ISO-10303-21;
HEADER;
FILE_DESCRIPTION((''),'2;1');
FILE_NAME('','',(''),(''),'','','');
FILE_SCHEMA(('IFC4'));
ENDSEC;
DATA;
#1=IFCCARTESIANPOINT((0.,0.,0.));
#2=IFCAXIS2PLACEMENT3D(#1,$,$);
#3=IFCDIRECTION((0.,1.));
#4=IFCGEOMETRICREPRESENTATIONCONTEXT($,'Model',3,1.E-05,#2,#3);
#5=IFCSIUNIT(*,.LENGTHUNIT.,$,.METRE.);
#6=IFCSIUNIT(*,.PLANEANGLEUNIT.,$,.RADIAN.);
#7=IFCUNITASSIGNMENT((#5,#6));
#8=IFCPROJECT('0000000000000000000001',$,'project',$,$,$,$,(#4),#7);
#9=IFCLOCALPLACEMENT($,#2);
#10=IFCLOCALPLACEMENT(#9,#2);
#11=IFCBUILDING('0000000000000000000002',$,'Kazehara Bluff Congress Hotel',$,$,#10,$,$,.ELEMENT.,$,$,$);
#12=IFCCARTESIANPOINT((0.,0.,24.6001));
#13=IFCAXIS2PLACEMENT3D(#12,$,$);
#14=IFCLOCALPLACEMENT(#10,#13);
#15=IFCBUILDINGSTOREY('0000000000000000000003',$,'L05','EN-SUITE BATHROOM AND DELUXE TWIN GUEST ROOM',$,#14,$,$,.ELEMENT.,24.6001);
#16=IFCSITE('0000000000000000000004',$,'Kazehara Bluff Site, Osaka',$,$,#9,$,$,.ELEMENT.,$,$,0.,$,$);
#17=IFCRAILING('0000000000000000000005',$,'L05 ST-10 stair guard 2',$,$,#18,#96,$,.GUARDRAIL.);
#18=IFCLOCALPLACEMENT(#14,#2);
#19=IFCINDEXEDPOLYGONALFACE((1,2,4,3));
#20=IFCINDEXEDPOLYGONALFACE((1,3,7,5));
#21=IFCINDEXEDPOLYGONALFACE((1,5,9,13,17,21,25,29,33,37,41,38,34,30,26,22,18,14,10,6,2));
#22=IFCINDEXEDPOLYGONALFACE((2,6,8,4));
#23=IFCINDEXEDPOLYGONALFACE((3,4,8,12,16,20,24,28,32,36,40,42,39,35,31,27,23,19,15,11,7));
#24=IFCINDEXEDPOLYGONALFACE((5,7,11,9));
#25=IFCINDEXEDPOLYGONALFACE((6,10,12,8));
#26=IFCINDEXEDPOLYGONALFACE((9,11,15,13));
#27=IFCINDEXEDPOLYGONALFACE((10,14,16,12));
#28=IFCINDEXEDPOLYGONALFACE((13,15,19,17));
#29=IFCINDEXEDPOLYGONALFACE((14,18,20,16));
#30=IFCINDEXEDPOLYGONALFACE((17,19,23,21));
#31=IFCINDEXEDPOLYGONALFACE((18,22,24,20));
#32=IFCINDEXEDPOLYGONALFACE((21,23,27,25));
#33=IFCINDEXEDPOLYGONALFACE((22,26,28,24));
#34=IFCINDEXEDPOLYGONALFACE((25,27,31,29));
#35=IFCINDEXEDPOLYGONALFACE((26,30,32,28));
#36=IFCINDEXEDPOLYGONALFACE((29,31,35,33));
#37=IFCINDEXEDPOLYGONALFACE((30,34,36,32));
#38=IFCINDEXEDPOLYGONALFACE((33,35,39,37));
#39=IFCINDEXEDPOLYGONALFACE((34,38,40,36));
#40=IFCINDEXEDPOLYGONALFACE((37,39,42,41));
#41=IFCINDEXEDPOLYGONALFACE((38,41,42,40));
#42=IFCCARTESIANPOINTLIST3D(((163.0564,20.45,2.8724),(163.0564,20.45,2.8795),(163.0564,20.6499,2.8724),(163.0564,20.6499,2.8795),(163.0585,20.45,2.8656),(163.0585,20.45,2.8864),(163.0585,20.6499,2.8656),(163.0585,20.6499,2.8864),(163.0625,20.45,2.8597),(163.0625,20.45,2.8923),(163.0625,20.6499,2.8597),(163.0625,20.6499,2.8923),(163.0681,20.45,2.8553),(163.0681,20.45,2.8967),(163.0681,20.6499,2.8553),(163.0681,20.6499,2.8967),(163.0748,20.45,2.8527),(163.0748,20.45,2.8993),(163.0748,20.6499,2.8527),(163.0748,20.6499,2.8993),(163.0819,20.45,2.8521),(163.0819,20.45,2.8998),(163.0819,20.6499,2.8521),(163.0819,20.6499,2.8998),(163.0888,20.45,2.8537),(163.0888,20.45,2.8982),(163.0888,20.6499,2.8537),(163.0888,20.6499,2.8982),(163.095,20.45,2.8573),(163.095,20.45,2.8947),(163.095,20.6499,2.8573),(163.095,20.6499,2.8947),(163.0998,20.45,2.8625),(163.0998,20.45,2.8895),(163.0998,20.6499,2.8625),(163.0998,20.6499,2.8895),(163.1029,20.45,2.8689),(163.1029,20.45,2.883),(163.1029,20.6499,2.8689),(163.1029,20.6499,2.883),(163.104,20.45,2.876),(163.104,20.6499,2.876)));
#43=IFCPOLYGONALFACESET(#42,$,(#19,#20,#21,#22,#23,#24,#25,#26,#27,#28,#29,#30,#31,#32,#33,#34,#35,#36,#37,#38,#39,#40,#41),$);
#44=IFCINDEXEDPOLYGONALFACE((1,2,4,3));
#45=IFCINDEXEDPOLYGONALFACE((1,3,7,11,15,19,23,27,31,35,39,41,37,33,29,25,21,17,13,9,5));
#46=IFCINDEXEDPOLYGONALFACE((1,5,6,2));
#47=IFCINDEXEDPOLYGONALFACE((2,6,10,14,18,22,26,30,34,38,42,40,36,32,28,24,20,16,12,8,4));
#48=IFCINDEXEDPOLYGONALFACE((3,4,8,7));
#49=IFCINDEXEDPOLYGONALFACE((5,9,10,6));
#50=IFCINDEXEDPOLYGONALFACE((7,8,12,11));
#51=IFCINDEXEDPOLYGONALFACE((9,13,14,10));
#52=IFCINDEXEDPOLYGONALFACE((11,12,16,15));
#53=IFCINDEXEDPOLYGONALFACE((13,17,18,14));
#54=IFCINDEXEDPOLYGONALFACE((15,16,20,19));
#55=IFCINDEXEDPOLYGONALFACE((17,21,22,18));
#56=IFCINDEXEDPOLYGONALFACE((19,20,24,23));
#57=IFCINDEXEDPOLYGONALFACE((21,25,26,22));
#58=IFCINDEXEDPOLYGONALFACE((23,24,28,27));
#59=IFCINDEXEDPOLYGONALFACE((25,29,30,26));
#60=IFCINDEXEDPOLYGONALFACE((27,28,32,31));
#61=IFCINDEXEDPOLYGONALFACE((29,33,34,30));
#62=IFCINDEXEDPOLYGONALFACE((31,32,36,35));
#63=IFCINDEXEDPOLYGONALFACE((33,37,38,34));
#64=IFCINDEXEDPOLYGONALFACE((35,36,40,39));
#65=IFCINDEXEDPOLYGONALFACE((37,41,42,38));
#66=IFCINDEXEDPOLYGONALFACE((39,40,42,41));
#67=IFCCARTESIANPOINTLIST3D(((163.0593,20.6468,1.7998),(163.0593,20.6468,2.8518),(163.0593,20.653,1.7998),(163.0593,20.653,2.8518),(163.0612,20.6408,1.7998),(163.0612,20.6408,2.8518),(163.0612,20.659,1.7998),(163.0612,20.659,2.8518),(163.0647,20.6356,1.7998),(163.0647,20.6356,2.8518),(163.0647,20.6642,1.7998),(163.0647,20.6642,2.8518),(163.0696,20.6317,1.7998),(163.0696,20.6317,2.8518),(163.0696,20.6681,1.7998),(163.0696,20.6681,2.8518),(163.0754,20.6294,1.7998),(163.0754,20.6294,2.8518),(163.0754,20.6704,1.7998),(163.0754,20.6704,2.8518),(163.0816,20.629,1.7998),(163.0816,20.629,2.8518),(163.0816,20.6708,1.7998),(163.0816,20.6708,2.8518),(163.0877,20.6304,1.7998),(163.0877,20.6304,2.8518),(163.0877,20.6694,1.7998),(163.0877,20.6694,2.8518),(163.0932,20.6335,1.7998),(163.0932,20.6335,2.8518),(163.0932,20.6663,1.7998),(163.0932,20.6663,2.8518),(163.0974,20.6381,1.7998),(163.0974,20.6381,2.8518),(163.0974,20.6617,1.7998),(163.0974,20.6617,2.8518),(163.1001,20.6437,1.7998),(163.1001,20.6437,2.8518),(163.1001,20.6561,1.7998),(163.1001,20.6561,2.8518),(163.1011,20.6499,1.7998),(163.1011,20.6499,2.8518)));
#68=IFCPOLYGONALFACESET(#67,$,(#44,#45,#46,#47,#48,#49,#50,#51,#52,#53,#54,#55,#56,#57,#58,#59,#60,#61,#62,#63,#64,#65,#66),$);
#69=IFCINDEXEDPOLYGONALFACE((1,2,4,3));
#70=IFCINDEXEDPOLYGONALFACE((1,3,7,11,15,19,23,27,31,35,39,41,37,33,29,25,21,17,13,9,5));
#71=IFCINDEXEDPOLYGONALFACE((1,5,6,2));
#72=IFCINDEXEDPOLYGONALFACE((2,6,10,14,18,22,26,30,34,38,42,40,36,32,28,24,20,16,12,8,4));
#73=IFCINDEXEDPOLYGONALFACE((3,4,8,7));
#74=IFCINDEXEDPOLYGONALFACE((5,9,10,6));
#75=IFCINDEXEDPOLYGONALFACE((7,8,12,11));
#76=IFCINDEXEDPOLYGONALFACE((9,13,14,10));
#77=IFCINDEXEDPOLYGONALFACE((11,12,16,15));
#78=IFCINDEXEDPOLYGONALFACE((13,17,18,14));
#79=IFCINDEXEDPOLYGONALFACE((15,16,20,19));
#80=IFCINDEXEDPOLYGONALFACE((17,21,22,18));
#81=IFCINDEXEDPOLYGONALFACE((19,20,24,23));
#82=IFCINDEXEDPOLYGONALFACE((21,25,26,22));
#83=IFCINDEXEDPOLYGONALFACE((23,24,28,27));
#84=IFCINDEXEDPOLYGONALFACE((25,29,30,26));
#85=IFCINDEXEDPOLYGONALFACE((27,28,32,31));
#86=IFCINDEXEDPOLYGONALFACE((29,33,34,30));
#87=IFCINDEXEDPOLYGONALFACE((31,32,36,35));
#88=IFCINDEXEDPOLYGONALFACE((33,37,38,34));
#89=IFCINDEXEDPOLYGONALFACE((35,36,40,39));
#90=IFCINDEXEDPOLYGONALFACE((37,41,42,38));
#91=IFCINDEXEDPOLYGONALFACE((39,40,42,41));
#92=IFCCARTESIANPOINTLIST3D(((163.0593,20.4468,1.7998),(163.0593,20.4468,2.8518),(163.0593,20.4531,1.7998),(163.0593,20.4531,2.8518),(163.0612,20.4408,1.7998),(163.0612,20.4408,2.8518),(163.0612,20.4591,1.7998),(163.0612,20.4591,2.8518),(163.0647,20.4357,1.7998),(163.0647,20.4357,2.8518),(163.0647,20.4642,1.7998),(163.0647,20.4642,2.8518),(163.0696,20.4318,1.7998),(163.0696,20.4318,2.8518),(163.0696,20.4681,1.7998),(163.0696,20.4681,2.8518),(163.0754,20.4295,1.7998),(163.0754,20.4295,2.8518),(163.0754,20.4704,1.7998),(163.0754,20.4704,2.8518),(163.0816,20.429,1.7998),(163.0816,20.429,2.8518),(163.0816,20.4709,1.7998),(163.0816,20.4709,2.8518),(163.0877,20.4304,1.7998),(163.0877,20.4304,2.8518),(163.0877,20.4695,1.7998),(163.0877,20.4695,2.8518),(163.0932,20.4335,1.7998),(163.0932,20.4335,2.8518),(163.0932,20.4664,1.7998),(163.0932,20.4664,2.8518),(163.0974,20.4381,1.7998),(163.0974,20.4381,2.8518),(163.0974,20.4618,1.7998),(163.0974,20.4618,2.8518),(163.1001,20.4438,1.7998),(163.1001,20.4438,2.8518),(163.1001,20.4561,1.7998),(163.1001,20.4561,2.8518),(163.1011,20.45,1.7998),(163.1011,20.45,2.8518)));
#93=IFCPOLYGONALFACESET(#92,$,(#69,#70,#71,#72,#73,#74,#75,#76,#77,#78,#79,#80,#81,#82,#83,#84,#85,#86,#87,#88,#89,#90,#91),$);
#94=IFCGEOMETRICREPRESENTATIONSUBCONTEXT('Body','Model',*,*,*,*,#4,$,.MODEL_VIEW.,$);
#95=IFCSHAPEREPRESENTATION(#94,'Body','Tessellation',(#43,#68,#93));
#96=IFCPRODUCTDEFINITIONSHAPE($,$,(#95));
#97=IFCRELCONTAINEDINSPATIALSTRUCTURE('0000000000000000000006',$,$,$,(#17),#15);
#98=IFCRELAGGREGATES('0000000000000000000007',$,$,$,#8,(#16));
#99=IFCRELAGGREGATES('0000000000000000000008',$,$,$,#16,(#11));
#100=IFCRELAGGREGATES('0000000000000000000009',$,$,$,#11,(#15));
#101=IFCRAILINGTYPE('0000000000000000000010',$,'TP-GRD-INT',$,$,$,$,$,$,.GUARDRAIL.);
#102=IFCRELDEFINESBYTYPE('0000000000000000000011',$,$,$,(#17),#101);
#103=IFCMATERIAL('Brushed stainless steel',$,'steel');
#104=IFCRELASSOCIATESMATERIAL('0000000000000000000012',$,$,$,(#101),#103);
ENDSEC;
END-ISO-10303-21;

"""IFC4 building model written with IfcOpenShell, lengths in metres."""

from ifc_helpers import new_model, si_unit, direction, frame, origin, origin_2d, place, context, subcontext, project, spatial, circle, extrude, material, type_object, element, save


model = new_model("IFC4")

# Units and contexts
model_context = context("Model", 3, precision=1e-05, world=origin(), true_north=direction((0.0, 1.0)))
body_context = subcontext(model_context, "Body", "Model", "MODEL_VIEW")
ifc_project = project(units=[si_unit("LENGTHUNIT", "METRE"), si_unit("PLANEANGLEUNIT", "RADIAN")], contexts=[model_context])

# Site, building, storey
site_placement = place(None, origin())
site = spatial("IfcSite", under=ifc_project, at=site_placement, Name="Kazehara Bluff Site, Osaka", CompositionType="ELEMENT", RefElevation=0.0)
building_placement = place(site_placement, origin())
building = spatial("IfcBuilding", under=site, at=building_placement, Name="Kazehara Bluff Congress Hotel", CompositionType="ELEMENT")
storey_placement = place(building_placement, frame((0.0, 0.0, 24.6001)))
storey = spatial("IfcBuildingStorey", under=building, at=storey_placement, Name="L05", Description="EN-SUITE BATHROOM AND DELUXE TWIN GUEST ROOM", CompositionType="ELEMENT", Elevation=24.6001)

# Railing
ifc_material_1 = material(Name="Brushed stainless steel", Category="steel")
railing_type_1 = type_object("IfcRailingType", Name="TP-GRD-INT", PredefinedType="GUARDRAIL", material=ifc_material_1)
railing_1_placement = place(storey_placement, frame((163.0801, 20.6499, 1.7998)))
element("IfcRailing", 1, at=railing_1_placement, inside=storey, type_object=railing_type_1, Name="L05 ST-10 stair guard 2", PredefinedType="GUARDRAIL", context=body_context, shape_type="SweptSolid", body=[
    extrude(circle(Radius=0.0239, at=origin_2d()), frame((0.0, 0.0, 1.0762), z_axis=(0.0, -1.0, 0.0), x_axis=(1.0, 0.0, 0.0)), (0.0, 0.0, 1.0), 0.2),
    extrude(circle(Radius=0.021, at=origin_2d()), origin(), (0.0, 0.0, 1.0), 1.052),
    extrude(circle(Radius=0.021, at=origin_2d()), frame((0.0, -0.2, 0.0)), (0.0, 0.0, 1.0), 1.052),
])

save(model, "model.ifc")
